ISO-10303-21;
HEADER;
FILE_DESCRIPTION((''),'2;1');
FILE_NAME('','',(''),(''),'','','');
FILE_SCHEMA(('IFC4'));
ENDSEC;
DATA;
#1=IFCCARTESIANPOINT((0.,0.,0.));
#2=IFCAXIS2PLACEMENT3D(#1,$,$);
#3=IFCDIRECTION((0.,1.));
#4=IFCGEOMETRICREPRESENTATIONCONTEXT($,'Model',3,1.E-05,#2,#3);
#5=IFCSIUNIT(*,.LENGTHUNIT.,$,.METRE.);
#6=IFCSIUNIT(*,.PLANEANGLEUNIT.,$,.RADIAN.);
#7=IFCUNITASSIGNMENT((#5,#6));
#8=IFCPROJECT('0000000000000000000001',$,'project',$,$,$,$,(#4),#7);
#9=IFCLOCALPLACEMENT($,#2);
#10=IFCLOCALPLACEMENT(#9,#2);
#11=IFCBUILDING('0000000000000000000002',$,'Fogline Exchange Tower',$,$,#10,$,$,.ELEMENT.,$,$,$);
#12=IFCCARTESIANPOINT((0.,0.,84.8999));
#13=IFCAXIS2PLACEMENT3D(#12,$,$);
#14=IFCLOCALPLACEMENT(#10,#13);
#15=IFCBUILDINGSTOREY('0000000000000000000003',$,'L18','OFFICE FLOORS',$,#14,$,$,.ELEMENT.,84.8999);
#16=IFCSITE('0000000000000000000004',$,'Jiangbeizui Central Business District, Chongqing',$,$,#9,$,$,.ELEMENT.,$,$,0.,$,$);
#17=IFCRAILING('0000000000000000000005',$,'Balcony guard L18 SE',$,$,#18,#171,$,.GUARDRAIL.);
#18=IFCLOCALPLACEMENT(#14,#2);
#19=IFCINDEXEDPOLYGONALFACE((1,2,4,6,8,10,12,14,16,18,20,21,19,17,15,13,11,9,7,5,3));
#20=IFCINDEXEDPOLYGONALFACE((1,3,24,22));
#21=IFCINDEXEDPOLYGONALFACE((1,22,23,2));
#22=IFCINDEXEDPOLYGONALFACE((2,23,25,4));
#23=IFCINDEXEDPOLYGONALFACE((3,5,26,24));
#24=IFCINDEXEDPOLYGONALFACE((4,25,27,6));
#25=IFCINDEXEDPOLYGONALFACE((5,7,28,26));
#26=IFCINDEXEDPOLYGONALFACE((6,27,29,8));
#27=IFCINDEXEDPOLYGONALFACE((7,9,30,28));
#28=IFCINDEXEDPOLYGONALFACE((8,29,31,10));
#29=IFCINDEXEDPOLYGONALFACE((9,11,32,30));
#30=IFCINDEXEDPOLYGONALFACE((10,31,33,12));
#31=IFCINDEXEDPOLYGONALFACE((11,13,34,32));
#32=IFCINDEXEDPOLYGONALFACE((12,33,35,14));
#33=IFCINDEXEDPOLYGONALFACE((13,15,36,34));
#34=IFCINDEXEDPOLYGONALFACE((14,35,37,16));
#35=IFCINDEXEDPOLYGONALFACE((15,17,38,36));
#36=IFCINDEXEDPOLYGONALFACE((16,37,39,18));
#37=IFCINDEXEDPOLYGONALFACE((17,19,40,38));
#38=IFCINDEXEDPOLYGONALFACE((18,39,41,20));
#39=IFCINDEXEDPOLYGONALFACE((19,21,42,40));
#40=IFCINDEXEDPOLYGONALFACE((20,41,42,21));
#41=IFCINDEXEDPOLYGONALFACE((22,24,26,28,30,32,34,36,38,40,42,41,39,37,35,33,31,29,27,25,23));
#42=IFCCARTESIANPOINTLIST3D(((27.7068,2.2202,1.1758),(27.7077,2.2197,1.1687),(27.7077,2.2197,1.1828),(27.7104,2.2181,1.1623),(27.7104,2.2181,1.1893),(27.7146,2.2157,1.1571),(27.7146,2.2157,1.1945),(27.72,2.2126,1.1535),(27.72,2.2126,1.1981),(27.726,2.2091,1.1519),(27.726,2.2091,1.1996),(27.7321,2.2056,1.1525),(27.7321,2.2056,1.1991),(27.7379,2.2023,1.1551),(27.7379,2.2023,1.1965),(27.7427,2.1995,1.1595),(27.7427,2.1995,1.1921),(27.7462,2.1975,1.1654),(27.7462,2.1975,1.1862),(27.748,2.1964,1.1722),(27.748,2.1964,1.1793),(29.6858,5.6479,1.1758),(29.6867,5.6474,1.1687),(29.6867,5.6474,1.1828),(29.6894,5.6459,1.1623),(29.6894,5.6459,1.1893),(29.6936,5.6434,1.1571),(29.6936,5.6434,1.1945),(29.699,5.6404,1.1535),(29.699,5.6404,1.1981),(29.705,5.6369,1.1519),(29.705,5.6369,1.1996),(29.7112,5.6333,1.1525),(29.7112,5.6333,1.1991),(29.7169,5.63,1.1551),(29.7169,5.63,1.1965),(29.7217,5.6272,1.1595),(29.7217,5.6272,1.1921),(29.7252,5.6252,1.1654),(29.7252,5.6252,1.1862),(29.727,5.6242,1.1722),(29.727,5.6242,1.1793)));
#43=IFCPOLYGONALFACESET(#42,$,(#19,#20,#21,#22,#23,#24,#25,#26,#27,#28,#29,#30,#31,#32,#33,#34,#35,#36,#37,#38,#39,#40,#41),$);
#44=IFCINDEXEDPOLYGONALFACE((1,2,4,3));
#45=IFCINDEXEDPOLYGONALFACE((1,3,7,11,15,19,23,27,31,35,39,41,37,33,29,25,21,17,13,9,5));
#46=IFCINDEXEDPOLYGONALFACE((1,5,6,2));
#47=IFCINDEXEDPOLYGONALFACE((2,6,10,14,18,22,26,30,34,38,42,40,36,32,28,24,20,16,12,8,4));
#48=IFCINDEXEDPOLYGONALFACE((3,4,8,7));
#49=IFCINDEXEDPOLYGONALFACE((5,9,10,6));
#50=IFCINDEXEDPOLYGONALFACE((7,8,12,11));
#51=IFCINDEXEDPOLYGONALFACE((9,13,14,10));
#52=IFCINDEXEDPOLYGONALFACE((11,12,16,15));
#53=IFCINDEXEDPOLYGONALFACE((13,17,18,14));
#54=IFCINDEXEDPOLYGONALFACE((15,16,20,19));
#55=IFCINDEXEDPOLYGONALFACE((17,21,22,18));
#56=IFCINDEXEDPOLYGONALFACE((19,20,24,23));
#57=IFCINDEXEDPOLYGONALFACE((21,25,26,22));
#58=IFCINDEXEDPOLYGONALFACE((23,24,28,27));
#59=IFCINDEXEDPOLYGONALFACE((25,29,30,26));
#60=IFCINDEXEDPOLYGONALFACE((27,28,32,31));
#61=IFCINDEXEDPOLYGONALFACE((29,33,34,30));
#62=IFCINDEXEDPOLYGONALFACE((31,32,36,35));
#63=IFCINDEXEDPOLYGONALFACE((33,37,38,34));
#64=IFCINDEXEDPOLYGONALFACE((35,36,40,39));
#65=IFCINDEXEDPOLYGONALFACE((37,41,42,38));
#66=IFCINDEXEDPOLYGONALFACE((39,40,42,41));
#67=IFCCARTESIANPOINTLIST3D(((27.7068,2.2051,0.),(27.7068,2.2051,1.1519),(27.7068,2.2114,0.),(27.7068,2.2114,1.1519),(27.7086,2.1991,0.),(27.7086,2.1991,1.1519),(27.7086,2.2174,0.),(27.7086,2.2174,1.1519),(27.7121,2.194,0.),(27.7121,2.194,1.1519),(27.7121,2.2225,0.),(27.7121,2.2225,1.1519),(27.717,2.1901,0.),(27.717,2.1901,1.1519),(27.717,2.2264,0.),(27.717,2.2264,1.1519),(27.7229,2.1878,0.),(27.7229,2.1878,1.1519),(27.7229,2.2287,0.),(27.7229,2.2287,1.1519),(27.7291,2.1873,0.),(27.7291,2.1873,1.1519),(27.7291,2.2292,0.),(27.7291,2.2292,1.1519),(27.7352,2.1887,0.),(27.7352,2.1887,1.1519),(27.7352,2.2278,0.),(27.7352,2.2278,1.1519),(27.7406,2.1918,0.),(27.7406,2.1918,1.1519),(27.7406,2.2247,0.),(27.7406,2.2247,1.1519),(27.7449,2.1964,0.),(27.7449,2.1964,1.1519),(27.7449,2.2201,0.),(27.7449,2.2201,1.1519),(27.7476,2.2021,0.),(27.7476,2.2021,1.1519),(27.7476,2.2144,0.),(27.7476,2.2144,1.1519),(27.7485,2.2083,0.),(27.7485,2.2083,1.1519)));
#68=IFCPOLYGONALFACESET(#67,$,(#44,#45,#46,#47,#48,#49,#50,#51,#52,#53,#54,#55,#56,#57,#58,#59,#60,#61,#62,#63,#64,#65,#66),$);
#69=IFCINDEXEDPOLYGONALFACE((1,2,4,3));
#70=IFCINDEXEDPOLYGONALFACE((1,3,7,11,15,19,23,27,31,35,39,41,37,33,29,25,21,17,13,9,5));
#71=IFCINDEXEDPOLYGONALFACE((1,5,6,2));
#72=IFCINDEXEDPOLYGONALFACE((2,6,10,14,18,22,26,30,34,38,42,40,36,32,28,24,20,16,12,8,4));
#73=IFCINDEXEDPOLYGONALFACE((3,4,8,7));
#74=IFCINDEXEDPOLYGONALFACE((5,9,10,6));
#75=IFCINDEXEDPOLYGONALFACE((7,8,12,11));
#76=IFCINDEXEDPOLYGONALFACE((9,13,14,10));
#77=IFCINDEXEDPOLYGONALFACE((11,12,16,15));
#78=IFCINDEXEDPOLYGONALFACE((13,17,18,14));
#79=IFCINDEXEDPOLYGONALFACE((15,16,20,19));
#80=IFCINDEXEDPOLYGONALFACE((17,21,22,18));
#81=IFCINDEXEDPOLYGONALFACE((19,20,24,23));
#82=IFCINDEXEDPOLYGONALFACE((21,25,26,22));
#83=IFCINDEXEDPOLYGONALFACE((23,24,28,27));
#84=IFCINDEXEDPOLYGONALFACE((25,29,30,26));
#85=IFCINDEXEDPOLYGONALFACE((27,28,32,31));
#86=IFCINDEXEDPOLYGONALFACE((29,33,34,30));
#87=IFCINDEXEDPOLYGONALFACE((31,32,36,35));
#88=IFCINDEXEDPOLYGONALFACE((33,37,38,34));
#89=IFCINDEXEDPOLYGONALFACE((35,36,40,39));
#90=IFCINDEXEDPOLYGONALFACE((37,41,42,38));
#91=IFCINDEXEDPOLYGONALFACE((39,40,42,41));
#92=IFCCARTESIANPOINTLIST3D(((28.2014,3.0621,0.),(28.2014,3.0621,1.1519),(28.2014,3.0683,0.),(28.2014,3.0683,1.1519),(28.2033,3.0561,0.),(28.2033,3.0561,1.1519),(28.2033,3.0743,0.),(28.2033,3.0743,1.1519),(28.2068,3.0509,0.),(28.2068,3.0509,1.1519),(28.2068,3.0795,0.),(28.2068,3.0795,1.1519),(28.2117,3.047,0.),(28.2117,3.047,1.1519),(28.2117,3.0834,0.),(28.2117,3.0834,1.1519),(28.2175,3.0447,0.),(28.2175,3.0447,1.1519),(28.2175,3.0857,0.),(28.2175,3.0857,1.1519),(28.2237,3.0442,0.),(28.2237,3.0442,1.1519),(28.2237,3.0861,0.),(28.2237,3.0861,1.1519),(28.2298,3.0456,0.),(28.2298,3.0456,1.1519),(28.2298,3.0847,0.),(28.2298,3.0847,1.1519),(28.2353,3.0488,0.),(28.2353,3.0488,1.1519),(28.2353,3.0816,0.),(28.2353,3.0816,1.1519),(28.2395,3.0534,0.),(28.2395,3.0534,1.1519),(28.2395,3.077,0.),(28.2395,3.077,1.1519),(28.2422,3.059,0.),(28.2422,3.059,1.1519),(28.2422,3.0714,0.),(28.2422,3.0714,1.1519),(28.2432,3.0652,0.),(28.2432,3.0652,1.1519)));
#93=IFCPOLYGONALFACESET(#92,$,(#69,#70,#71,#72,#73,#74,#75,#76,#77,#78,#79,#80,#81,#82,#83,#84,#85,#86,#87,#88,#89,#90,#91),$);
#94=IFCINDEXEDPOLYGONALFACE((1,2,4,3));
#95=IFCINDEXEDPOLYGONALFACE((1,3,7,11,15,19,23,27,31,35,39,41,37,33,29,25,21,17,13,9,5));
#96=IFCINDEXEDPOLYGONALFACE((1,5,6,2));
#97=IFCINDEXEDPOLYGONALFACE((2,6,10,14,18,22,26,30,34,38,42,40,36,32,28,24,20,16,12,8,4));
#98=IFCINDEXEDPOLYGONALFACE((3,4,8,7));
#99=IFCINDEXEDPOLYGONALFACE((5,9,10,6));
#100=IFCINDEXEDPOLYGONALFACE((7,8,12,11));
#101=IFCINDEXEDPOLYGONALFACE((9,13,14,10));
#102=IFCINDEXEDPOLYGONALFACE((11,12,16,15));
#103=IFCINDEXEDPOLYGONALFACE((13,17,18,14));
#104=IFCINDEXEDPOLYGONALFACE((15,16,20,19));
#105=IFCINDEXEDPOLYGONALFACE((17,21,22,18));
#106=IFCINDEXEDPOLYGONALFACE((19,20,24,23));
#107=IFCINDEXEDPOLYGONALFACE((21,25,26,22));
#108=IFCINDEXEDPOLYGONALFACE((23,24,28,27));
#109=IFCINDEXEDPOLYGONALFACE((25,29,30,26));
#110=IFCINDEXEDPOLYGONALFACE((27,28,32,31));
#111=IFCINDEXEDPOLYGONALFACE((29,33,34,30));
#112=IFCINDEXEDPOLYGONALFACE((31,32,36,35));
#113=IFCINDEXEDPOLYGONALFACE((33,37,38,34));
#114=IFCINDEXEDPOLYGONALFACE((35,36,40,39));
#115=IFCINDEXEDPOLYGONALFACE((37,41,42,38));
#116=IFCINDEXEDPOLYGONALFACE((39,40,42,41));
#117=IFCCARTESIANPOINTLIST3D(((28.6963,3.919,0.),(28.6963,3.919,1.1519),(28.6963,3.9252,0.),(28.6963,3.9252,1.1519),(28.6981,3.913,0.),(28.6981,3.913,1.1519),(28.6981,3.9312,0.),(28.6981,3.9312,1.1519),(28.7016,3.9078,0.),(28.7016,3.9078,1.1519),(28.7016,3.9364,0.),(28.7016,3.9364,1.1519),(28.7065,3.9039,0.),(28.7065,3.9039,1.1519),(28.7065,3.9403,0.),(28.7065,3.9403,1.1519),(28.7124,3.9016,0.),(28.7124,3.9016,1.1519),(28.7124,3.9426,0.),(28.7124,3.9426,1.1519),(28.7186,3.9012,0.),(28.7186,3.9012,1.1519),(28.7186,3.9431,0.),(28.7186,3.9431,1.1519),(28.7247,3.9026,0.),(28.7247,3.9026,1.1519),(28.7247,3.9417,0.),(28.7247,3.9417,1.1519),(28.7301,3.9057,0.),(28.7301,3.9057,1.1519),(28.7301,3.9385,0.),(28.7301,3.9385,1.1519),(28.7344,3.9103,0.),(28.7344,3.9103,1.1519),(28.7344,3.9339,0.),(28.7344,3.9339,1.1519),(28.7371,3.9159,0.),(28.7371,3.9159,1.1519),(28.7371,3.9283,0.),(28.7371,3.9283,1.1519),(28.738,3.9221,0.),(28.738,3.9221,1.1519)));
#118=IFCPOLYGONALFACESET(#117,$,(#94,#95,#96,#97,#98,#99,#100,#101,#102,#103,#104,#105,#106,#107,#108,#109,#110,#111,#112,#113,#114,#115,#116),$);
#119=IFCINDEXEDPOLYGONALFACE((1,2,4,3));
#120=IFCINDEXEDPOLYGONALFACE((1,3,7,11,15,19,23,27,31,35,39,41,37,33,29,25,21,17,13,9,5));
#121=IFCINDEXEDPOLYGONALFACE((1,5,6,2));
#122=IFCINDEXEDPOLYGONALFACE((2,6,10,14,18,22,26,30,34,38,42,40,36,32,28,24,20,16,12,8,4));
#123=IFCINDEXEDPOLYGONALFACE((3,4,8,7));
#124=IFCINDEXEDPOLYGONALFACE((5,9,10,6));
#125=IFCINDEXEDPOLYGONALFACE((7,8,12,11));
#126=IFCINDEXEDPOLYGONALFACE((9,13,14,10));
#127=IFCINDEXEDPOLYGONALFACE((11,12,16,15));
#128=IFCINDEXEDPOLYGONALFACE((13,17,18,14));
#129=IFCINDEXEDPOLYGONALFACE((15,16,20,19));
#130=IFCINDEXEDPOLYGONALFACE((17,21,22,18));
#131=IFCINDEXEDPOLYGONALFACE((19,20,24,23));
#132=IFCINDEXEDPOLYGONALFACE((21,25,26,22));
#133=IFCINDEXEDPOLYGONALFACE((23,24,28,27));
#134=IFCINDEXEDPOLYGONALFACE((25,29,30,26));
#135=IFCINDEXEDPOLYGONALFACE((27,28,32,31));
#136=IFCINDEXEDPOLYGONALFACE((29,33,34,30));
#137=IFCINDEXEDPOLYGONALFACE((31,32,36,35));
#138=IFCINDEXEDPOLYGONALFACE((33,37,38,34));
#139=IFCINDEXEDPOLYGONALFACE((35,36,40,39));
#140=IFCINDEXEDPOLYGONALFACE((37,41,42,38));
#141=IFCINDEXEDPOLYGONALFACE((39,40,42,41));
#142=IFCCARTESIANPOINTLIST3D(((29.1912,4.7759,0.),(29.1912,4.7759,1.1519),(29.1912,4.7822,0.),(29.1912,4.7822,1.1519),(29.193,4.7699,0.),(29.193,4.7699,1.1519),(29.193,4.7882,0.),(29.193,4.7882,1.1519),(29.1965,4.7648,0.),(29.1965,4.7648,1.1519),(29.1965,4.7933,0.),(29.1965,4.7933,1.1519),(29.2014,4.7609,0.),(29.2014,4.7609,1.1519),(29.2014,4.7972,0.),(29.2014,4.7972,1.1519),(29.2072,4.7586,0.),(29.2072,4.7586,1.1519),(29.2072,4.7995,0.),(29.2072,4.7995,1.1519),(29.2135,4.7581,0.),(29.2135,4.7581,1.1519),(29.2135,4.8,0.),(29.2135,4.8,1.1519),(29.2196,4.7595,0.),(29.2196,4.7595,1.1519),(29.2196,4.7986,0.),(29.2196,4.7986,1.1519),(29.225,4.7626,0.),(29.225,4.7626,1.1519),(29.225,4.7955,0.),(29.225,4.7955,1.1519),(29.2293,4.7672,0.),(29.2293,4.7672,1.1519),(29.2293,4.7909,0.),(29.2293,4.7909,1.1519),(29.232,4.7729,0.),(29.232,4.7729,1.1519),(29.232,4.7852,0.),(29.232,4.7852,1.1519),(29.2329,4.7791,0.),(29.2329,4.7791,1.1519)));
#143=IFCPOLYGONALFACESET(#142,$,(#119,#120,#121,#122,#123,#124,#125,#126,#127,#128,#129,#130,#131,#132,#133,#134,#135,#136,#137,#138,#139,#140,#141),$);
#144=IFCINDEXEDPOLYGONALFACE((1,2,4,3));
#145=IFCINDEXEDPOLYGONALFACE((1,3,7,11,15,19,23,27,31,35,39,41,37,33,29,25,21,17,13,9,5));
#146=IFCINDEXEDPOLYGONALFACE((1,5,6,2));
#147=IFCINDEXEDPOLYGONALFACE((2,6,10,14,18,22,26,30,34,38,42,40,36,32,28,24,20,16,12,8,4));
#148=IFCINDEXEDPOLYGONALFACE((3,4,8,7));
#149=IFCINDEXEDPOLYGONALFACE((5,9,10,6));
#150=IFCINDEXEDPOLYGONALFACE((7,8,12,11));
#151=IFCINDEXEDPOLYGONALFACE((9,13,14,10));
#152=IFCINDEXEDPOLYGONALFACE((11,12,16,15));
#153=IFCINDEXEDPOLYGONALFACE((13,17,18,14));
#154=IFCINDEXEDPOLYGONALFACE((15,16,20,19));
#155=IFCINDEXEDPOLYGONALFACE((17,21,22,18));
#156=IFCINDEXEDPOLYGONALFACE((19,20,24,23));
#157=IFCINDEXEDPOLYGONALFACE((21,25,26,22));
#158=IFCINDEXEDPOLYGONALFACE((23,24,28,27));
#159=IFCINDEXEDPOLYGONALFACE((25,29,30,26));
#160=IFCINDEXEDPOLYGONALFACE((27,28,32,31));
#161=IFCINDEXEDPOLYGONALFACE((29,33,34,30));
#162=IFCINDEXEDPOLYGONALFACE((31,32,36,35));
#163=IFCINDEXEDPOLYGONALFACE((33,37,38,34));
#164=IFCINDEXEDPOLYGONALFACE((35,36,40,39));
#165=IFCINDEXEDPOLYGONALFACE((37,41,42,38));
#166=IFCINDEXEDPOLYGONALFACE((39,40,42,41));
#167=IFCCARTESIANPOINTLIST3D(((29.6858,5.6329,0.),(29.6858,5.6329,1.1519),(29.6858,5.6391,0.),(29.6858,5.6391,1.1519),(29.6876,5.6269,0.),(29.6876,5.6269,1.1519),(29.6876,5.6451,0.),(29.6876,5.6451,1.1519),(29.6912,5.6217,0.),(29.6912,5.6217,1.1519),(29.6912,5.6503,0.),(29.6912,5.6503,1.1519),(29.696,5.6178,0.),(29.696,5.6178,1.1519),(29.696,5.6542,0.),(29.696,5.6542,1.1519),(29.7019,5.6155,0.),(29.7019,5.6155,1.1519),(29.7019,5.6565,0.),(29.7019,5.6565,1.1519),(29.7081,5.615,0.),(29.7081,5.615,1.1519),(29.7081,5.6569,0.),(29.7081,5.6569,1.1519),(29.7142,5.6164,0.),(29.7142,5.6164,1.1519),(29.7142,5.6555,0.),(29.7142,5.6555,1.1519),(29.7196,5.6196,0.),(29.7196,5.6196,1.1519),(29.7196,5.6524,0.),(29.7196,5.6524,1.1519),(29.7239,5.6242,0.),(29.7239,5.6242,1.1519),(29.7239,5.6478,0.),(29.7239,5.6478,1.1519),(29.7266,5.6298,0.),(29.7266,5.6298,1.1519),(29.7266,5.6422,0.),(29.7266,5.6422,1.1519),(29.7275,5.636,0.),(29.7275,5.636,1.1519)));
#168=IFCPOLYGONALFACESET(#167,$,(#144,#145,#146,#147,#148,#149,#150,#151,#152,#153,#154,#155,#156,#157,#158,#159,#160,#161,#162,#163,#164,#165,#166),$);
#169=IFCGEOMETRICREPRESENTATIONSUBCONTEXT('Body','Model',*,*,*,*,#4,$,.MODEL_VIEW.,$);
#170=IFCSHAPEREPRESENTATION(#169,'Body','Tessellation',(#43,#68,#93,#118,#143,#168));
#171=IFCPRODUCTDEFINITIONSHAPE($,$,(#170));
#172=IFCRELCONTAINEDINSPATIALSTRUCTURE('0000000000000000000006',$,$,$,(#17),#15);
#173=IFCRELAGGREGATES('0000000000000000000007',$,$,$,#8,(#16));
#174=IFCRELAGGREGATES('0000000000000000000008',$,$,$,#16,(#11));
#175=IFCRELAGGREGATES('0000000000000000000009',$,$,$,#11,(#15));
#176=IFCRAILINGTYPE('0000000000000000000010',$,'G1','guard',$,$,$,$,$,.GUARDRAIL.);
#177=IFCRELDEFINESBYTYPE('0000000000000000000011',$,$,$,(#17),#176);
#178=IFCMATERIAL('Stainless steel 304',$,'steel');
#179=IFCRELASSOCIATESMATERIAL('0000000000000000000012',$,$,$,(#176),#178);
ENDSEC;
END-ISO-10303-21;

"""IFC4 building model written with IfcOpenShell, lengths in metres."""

from ifc_helpers import new_model, si_unit, direction, frame, origin, origin_2d, place, context, subcontext, project, spatial, circle, extrude, material, type_object, element, save


model = new_model("IFC4")

# Units and contexts
model_context = context("Model", 3, precision=1e-05, world=origin(), true_north=direction((0.0, 1.0)))
body_context = subcontext(model_context, "Body", "Model", "MODEL_VIEW")
ifc_project = project(units=[si_unit("LENGTHUNIT", "METRE"), si_unit("PLANEANGLEUNIT", "RADIAN")], contexts=[model_context])

# Site, building, storey
site_placement = place(None, origin())
site = spatial("IfcSite", under=ifc_project, at=site_placement, Name="Jiangbeizui Central Business District, Chongqing", CompositionType="ELEMENT", RefElevation=0.0)
building_placement = place(site_placement, origin())
building = spatial("IfcBuilding", under=site, at=building_placement, Name="Fogline Exchange Tower", CompositionType="ELEMENT")
storey_placement = place(building_placement, frame((0.0, 0.0, 84.8999)))
storey = spatial("IfcBuildingStorey", under=building, at=storey_placement, Name="L18", Description="OFFICE FLOORS", CompositionType="ELEMENT", Elevation=84.8999)

# Railing
ifc_material_1 = material(Name="Stainless steel 304", Category="steel")
railing_type = type_object("IfcRailingType", Name="G1", Description="guard", PredefinedType="GUARDRAIL", material=ifc_material_1)
railing_placement = place(storey_placement, frame((27.7275, 2.2083, 0.0)))
element("IfcRailing", 1, at=railing_placement, inside=storey, type_object=railing_type, Name="Balcony guard L18 SE", PredefinedType="GUARDRAIL", context=body_context, shape_type="SweptSolid", body=[
    extrude(circle(Radius=0.0239, at=origin_2d()), frame((0.0, 0.0, 1.1758), z_axis=(0.5, 0.866025, 0.0), x_axis=(-0.866025, 0.5, 0.0)), (0.0, 0.0, 1.0), 3.958),
    extrude(circle(Radius=0.021, at=origin_2d()), origin(), (0.0, 0.0, 1.0), 1.1519),
    extrude(circle(Radius=0.021, at=origin_2d()), frame((0.4946, 0.8569, 0.0)), (0.0, 0.0, 1.0), 1.1519),
    extrude(circle(Radius=0.021, at=origin_2d()), frame((0.9895, 1.7139, 0.0)), (0.0, 0.0, 1.0), 1.1519),
    extrude(circle(Radius=0.021, at=origin_2d()), frame((1.4844, 2.5708, 0.0)), (0.0, 0.0, 1.0), 1.1519),
    extrude(circle(Radius=0.021, at=origin_2d()), frame((1.979, 3.4277, 0.0)), (0.0, 0.0, 1.0), 1.1519),
])

save(model, "model.ifc")
